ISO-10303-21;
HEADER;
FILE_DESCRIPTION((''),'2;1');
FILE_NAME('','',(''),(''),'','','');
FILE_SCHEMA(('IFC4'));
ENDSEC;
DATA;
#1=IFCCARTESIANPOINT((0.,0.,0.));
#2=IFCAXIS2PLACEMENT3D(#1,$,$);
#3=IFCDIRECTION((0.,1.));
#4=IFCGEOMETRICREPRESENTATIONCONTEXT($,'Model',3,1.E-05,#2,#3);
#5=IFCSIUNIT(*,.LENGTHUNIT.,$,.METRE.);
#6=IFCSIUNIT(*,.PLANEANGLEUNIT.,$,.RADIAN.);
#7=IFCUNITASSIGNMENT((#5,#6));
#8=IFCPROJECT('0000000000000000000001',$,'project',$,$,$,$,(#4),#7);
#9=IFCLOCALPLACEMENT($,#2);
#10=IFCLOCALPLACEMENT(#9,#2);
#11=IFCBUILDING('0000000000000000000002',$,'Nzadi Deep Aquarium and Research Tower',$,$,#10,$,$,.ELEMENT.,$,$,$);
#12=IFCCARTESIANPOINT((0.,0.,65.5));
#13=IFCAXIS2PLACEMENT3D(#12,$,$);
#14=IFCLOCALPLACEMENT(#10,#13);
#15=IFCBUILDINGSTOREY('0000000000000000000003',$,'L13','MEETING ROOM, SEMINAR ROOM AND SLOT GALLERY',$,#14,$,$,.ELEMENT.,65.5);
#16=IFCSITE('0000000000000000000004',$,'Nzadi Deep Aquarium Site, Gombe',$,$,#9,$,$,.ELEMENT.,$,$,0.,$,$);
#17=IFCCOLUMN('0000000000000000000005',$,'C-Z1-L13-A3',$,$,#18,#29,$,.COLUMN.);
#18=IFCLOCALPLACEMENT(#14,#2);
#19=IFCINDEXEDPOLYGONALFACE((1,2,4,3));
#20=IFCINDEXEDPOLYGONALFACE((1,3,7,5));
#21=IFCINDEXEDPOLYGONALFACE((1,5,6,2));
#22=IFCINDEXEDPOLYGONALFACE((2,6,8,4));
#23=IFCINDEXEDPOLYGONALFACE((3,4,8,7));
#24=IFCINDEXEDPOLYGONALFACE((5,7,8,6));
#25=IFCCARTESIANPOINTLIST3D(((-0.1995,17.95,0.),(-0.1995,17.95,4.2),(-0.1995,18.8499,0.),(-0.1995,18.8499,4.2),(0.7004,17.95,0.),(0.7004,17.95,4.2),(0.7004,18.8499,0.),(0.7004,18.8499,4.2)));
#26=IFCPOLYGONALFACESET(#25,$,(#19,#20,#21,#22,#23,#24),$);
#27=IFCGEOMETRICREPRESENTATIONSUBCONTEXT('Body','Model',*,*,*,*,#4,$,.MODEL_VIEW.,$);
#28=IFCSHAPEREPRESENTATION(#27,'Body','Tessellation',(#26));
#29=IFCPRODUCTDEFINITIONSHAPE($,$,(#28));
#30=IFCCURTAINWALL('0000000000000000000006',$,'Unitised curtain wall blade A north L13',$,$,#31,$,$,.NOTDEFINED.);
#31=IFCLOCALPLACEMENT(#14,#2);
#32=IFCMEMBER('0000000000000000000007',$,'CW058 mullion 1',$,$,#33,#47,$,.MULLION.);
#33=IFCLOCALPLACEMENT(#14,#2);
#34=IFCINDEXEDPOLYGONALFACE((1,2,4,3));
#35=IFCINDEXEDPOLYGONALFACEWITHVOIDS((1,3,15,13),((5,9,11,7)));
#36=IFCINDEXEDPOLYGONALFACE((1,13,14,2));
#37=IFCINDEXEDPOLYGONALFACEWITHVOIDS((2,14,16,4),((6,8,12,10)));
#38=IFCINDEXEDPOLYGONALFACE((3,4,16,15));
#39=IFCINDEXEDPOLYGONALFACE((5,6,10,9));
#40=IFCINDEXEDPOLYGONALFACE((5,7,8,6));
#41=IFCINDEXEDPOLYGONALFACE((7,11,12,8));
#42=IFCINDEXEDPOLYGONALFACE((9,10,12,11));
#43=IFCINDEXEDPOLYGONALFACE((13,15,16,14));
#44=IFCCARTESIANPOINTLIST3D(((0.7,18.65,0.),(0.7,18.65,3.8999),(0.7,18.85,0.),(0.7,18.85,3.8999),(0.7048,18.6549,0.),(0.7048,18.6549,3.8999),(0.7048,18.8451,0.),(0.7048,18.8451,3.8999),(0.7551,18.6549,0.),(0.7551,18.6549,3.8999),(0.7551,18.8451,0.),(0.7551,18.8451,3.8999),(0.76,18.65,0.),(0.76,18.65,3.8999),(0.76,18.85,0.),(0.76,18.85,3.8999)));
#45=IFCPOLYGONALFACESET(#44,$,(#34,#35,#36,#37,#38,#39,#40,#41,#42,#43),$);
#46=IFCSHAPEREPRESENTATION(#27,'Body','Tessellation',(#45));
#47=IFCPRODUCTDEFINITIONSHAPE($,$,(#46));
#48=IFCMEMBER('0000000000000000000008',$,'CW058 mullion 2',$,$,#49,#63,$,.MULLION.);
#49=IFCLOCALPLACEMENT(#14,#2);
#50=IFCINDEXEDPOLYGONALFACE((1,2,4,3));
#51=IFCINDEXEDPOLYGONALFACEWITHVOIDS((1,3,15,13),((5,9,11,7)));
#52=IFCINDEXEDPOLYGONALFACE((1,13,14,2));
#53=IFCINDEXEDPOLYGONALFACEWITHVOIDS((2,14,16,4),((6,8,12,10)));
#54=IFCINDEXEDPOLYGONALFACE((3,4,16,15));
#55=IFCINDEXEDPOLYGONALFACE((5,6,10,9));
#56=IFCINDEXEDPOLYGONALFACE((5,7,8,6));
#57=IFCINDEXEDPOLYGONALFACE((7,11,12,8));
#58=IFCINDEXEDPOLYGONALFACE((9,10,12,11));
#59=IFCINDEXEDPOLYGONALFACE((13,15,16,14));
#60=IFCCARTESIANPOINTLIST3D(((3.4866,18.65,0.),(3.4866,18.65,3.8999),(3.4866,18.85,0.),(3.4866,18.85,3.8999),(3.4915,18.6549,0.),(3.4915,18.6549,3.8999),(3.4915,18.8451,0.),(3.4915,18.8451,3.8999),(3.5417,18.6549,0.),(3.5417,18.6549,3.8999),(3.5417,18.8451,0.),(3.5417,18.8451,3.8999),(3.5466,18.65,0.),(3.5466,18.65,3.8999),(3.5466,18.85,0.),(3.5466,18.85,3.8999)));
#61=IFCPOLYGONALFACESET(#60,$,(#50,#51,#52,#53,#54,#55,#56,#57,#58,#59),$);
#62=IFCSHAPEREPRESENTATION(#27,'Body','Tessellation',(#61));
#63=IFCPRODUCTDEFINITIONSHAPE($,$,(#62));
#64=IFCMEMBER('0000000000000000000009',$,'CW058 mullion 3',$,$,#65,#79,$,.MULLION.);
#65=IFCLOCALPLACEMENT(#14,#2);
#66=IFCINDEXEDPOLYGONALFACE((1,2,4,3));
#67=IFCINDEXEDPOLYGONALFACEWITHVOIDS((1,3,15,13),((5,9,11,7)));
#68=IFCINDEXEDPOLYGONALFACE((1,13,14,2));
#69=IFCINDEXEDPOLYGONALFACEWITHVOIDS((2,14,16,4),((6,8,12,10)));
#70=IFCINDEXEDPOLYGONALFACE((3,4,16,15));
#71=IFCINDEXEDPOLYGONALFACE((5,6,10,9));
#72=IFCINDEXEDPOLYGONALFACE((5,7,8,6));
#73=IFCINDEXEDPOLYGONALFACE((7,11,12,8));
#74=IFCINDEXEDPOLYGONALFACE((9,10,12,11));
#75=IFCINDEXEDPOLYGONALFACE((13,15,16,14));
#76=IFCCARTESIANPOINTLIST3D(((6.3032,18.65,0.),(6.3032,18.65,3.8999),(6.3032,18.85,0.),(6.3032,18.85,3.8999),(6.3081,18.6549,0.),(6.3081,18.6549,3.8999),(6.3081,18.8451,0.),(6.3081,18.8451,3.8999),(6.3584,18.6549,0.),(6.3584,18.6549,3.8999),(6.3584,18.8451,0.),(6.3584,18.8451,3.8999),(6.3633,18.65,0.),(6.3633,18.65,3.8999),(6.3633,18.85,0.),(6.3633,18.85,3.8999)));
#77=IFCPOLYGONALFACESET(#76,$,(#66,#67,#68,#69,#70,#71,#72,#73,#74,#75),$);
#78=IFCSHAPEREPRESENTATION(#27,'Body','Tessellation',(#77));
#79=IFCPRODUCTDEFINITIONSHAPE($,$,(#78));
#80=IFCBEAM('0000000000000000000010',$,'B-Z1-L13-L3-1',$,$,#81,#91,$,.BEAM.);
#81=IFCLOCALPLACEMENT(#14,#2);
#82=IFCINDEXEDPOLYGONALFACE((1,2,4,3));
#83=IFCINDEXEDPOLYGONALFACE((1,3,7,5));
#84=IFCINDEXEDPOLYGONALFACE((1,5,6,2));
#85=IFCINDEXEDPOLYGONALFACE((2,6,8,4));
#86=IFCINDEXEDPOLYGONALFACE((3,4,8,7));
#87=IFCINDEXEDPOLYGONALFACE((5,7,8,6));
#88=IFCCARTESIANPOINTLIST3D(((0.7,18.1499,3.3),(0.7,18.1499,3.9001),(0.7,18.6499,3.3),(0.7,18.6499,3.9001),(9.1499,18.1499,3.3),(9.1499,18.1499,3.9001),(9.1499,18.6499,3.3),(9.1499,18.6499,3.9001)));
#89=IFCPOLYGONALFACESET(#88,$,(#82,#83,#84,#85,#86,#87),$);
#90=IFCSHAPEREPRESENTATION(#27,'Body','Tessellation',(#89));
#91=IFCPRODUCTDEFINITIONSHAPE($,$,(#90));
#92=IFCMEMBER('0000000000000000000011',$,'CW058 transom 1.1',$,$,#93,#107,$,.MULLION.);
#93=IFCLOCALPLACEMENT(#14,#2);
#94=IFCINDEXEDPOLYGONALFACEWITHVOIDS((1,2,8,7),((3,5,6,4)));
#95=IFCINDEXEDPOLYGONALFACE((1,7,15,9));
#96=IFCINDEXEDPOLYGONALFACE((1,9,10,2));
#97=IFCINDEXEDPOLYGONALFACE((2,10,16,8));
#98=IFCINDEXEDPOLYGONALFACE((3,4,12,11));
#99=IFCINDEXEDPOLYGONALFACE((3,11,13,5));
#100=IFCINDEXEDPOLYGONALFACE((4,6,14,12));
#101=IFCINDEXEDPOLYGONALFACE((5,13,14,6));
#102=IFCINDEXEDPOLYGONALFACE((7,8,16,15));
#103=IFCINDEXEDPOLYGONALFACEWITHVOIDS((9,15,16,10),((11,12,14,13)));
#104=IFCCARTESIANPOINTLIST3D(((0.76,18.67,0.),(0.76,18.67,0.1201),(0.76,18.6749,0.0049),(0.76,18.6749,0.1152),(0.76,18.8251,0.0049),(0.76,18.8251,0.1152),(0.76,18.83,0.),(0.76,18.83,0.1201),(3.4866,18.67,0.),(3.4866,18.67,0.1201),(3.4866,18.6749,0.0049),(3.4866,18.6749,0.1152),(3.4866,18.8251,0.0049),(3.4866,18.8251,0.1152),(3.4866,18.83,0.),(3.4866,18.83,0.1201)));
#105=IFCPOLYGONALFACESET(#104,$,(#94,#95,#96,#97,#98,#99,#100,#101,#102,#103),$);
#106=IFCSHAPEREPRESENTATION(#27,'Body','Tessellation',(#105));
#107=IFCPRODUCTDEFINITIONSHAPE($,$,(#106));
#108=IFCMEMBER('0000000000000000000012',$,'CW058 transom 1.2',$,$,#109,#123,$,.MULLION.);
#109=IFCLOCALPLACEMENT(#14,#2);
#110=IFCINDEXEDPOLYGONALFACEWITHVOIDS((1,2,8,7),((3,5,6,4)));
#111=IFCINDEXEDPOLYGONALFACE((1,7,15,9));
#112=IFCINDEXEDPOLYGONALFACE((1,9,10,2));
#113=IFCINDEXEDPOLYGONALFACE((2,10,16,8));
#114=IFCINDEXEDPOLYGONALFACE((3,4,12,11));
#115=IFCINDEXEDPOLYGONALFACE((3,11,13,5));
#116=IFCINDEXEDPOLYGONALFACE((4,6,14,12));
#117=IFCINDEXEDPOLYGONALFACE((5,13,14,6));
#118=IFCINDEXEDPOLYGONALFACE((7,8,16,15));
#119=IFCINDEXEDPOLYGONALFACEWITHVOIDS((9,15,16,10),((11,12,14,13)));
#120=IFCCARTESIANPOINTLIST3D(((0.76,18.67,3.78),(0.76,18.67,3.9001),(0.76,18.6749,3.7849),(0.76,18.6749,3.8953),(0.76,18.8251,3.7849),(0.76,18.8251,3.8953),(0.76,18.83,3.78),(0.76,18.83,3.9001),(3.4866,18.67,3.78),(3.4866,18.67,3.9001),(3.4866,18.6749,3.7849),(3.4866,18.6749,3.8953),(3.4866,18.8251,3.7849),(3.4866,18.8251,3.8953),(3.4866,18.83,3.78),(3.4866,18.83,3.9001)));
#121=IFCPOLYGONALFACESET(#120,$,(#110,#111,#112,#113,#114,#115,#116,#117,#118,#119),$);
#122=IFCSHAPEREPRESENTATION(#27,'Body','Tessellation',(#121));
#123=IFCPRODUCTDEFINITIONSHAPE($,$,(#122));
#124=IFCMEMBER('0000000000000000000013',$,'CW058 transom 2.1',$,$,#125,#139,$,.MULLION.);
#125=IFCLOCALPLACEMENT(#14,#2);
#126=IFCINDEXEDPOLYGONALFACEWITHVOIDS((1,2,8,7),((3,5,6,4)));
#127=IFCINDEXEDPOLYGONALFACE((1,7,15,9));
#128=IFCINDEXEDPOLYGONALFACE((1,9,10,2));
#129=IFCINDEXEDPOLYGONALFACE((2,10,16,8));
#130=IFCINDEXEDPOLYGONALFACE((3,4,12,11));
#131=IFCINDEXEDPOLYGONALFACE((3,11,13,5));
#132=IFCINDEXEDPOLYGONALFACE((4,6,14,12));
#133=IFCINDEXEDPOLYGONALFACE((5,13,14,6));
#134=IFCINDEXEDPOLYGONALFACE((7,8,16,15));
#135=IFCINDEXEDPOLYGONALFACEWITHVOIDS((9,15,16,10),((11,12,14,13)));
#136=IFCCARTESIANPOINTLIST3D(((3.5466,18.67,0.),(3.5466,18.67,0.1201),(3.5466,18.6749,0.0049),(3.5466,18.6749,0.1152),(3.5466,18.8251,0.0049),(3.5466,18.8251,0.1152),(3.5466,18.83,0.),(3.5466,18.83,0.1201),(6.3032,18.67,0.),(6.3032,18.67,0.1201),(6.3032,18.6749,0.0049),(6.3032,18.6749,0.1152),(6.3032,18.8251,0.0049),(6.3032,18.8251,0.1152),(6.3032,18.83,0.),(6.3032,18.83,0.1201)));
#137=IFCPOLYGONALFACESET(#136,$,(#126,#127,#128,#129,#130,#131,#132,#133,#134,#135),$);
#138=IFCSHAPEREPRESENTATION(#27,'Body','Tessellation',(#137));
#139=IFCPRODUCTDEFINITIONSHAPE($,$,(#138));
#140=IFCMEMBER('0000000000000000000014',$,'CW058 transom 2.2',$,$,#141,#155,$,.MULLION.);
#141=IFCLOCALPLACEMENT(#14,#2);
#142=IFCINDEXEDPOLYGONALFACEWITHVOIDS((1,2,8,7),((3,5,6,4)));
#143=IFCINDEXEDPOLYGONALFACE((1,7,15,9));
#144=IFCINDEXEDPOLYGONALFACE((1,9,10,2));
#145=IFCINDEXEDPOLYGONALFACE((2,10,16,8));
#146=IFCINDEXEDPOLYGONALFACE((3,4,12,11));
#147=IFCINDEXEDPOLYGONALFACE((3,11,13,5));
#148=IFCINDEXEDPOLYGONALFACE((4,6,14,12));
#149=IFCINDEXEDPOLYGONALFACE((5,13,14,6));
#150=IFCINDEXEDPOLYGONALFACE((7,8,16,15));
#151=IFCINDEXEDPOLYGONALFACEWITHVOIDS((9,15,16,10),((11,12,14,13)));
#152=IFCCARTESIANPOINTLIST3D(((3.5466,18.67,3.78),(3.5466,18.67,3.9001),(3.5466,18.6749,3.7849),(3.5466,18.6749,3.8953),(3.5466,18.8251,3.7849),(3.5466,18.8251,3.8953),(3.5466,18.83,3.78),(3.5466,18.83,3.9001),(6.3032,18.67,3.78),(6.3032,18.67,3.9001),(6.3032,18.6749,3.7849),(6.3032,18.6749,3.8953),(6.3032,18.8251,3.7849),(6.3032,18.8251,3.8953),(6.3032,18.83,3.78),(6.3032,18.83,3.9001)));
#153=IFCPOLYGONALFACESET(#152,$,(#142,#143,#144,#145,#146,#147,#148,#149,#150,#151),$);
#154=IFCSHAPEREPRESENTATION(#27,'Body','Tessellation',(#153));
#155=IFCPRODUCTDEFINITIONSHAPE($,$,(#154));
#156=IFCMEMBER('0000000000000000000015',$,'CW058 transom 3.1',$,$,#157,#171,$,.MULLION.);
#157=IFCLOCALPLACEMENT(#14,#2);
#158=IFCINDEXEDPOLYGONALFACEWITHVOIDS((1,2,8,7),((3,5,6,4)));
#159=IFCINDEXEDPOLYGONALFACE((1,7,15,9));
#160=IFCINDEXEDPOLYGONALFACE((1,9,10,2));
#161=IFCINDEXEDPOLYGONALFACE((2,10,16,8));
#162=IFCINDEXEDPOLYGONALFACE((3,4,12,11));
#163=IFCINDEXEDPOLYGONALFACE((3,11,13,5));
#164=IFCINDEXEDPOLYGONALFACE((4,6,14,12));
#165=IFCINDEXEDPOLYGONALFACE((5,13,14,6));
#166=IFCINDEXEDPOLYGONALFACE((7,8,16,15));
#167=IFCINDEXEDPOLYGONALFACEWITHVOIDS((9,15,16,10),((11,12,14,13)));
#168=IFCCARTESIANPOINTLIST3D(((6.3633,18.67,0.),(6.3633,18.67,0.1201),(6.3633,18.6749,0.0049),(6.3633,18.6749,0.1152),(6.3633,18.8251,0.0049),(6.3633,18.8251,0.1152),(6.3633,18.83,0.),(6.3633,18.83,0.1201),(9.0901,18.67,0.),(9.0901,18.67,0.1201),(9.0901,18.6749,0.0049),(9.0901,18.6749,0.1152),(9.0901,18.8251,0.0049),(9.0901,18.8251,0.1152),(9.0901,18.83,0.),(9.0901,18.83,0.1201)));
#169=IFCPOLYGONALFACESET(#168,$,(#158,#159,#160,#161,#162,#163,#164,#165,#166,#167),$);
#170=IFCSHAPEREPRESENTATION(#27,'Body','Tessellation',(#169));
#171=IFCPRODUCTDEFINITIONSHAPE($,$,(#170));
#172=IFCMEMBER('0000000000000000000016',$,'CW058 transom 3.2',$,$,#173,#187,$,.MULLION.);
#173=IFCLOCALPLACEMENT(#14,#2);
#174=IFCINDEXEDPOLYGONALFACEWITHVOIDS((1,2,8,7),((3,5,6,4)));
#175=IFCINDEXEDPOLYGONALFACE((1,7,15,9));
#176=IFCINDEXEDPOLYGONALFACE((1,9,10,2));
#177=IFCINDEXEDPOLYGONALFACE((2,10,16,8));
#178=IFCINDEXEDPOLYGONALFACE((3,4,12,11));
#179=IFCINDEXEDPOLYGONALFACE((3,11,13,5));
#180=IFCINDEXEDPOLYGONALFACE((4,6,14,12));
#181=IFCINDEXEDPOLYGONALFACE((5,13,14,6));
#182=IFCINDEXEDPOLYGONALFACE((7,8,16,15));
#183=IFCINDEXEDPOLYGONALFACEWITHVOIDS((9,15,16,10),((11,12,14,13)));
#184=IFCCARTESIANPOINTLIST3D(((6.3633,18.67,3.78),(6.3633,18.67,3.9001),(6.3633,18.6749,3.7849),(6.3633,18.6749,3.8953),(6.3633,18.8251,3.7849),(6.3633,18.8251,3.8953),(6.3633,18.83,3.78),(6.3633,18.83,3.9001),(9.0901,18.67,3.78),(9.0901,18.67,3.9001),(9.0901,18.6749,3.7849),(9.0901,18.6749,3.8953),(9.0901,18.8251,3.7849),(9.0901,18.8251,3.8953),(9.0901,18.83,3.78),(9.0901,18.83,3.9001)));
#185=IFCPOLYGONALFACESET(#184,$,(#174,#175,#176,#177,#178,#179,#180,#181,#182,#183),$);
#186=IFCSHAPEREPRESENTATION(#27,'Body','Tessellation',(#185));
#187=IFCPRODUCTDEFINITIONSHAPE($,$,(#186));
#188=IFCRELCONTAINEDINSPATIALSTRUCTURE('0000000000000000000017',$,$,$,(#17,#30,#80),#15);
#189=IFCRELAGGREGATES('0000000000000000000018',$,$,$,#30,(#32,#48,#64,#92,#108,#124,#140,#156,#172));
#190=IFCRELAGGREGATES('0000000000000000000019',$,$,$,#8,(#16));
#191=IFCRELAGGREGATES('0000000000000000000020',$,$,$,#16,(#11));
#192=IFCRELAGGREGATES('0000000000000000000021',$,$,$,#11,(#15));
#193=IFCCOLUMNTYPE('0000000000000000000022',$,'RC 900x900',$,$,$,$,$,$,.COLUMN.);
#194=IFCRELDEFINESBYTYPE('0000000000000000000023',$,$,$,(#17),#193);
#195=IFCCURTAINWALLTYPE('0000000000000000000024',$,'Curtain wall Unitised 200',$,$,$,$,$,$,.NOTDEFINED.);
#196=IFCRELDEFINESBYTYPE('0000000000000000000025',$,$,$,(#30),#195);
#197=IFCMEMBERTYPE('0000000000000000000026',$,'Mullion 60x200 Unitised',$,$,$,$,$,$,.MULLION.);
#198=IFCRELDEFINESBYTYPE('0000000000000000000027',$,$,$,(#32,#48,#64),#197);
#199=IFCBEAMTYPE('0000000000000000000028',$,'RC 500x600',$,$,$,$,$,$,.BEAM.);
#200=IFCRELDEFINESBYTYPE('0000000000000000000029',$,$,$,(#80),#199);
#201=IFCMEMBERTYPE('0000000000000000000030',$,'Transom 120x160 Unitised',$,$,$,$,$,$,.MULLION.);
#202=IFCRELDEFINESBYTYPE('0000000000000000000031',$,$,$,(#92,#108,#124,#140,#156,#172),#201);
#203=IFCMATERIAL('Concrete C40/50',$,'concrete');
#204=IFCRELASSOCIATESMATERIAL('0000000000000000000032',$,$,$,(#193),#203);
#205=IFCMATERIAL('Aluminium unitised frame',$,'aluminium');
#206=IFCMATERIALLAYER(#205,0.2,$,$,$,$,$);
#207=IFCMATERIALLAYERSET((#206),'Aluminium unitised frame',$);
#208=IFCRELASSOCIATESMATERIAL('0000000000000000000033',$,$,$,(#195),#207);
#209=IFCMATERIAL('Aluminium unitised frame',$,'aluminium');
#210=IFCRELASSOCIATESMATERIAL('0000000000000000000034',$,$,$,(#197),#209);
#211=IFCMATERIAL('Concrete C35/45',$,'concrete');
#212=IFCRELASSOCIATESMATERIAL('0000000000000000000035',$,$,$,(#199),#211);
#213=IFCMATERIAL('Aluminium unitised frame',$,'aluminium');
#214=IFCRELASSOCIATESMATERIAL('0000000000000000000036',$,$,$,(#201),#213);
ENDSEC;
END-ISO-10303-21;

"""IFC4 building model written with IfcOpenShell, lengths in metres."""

from ifc_helpers import new_model, si_unit, direction, frame, origin, origin_2d, place, context, subcontext, project, spatial, rectangle, hollow_rectangle, extrude, material, layer, layer_set, material_profile, profile_set, type_object, element, aggregate, save


model = new_model("IFC4")

# Units and contexts
model_context = context("Model", 3, precision=1e-05, world=origin(), true_north=direction((0.0, 1.0)))
body_context = subcontext(model_context, "Body", "Model", "MODEL_VIEW")
ifc_project = project(units=[si_unit("LENGTHUNIT", "METRE"), si_unit("PLANEANGLEUNIT", "RADIAN")], contexts=[model_context])

# Site, building, storey
site_placement = place(None, origin())
site = spatial("IfcSite", under=ifc_project, at=site_placement, Name="Nzadi Deep Aquarium Site, Gombe", CompositionType="ELEMENT", RefElevation=0.0)
building_placement = place(site_placement, origin())
building = spatial("IfcBuilding", under=site, at=building_placement, Name="Nzadi Deep Aquarium and Research Tower", CompositionType="ELEMENT")
storey_placement = place(building_placement, frame((0.0, 0.0, 65.5)))
storey = spatial("IfcBuildingStorey", under=building, at=storey_placement, Name="L13", Description="MEETING ROOM, SEMINAR ROOM AND SLOT GALLERY", CompositionType="ELEMENT", Elevation=65.5)

# Column
ifc_material_1 = material(Name="Concrete C40/50", Category="concrete")
ifc_material_profile_1 = material_profile(ifc_material_1, rectangle(XDim=0.8999, YDim=0.8999, at=origin_2d()))
ifc_profile_set_1 = profile_set([ifc_material_profile_1], Name="Concrete C40/50")
column_type = type_object("IfcColumnType", Name="RC 900x900", PredefinedType="COLUMN", material=ifc_profile_set_1)
column_placement = place(storey_placement, frame((0.2505, 18.3999, 0.0), z_axis=(0.0, 0.0, 1.0), x_axis=(1.0, 0.0, 0.0)))
element("IfcColumn", 1, at=column_placement, inside=storey, type_object=column_type, Name="C-Z1-L13-A3", PredefinedType="COLUMN", context=body_context, shape_type="SweptSolid", body=[
    extrude(rectangle(XDim=0.8999, YDim=0.8999, at=origin_2d()), origin(), (0.0, 0.0, 1.0), 4.2),
])

# Curtain wall, members
ifc_material_2 = material(Name="Aluminium unitised frame", Category="aluminium")
ifc_layer_1 = layer(ifc_material_2, 0.2)
ifc_layer_set_1 = layer_set([ifc_layer_1], Name="Aluminium unitised frame")
curtain_wall_type = type_object("IfcCurtainWallType", Name="Curtain wall Unitised 200", PredefinedType="NOTDEFINED", material=ifc_layer_set_1)
curtain_wall_placement = place(storey_placement, origin())
curtain_wall = element("IfcCurtainWall", 2, at=curtain_wall_placement, inside=storey, type_object=curtain_wall_type, Name="Unitised curtain wall blade A north L13", PredefinedType="NOTDEFINED")
ifc_material_3 = material(Name="Aluminium unitised frame", Category="aluminium")
ifc_material_profile_2 = material_profile(ifc_material_3, hollow_rectangle(XDim=0.2, YDim=0.0601, WallThickness=0.0049, at=origin_2d()))
ifc_profile_set_2 = profile_set([ifc_material_profile_2], Name="Aluminium unitised frame")
member_type_1 = type_object("IfcMemberType", Name="Mullion 60x200 Unitised", PredefinedType="MULLION", material=ifc_profile_set_2)
member_1_placement = place(storey_placement, frame((0.73, 18.75, 0.0), z_axis=(0.0, 0.0, 1.0), x_axis=(0.0, 1.0, 0.0)))
member_1 = element("IfcMember", 3, at=member_1_placement, type_object=member_type_1, Name="CW058 mullion 1", PredefinedType="MULLION", context=body_context, shape_type="SweptSolid", body=[
    extrude(hollow_rectangle(XDim=0.2, YDim=0.0601, WallThickness=0.0049, at=origin_2d()), origin(), (0.0, 0.0, 1.0), 3.8999),
])
member_2_placement = place(storey_placement, frame((3.5166, 18.75, 0.0), z_axis=(0.0, 0.0, 1.0), x_axis=(0.0, 1.0, 0.0)))
member_2 = element("IfcMember", 4, at=member_2_placement, type_object=member_type_1, Name="CW058 mullion 2", PredefinedType="MULLION", context=body_context, shape_type="SweptSolid", body=[
    extrude(hollow_rectangle(XDim=0.2, YDim=0.0601, WallThickness=0.0049, at=origin_2d()), origin(), (0.0, 0.0, 1.0), 3.8999),
])
member_3_placement = place(storey_placement, frame((6.3333, 18.75, 0.0), z_axis=(0.0, 0.0, 1.0), x_axis=(0.0, 1.0, 0.0)))
member_3 = element("IfcMember", 5, at=member_3_placement, type_object=member_type_1, Name="CW058 mullion 3", PredefinedType="MULLION", context=body_context, shape_type="SweptSolid", body=[
    extrude(hollow_rectangle(XDim=0.2, YDim=0.0601, WallThickness=0.0049, at=origin_2d()), origin(), (0.0, 0.0, 1.0), 3.8999),
])

# Beam
ifc_material_4 = material(Name="Concrete C35/45", Category="concrete")
ifc_material_profile_3 = material_profile(ifc_material_4, rectangle(XDim=0.5, YDim=0.6001, at=origin_2d()))
ifc_profile_set_3 = profile_set([ifc_material_profile_3], Name="Concrete C35/45")
beam_type = type_object("IfcBeamType", Name="RC 500x600", PredefinedType="BEAM", material=ifc_profile_set_3)
beam_placement = place(storey_placement, frame((0.7, 18.3999, 3.6001), z_axis=(1.0, 0.0, 0.0), x_axis=(0.0, 1.0, 0.0)))
element("IfcBeam", 6, at=beam_placement, inside=storey, type_object=beam_type, Name="B-Z1-L13-L3-1", PredefinedType="BEAM", context=body_context, shape_type="SweptSolid", body=[
    extrude(rectangle(XDim=0.5, YDim=0.6001, at=origin_2d()), origin(), (0.0, 0.0, 1.0), 8.45),
])

# Members
ifc_material_5 = material(Name="Aluminium unitised frame", Category="aluminium")
ifc_material_profile_4 = material_profile(ifc_material_5, hollow_rectangle(XDim=0.1599, YDim=0.1201, WallThickness=0.0049, at=origin_2d()))
ifc_profile_set_4 = profile_set([ifc_material_profile_4], Name="Aluminium unitised frame")
member_type_2 = type_object("IfcMemberType", Name="Transom 120x160 Unitised", PredefinedType="MULLION", material=ifc_profile_set_4)
member_4_placement = place(storey_placement, frame((0.76, 18.75, 0.0601), z_axis=(1.0, 0.0, 0.0), x_axis=(0.0, 1.0, 0.0)))
member_4 = element("IfcMember", 7, at=member_4_placement, type_object=member_type_2, Name="CW058 transom 1.1", PredefinedType="MULLION", context=body_context, shape_type="SweptSolid", body=[
    extrude(hollow_rectangle(XDim=0.1599, YDim=0.1201, WallThickness=0.0049, at=origin_2d()), origin(), (0.0, 0.0, 1.0), 2.7266),
])
member_5_placement = place(storey_placement, frame((0.76, 18.75, 3.8401), z_axis=(1.0, 0.0, 0.0), x_axis=(0.0, 1.0, 0.0)))
member_5 = element("IfcMember", 8, at=member_5_placement, type_object=member_type_2, Name="CW058 transom 1.2", PredefinedType="MULLION", context=body_context, shape_type="SweptSolid", body=[
    extrude(hollow_rectangle(XDim=0.1599, YDim=0.1201, WallThickness=0.0049, at=origin_2d()), origin(), (0.0, 0.0, 1.0), 2.7266),
])
member_6_placement = place(storey_placement, frame((3.5466, 18.75, 0.0601), z_axis=(1.0, 0.0, 0.0), x_axis=(0.0, 1.0, 0.0)))
member_6 = element("IfcMember", 9, at=member_6_placement, type_object=member_type_2, Name="CW058 transom 2.1", PredefinedType="MULLION", context=body_context, shape_type="SweptSolid", body=[
    extrude(hollow_rectangle(XDim=0.1599, YDim=0.1201, WallThickness=0.0049, at=origin_2d()), origin(), (0.0, 0.0, 1.0), 2.7566),
])
member_7_placement = place(storey_placement, frame((3.5466, 18.75, 3.8401), z_axis=(1.0, 0.0, 0.0), x_axis=(0.0, 1.0, 0.0)))
member_7 = element("IfcMember", 10, at=member_7_placement, type_object=member_type_2, Name="CW058 transom 2.2", PredefinedType="MULLION", context=body_context, shape_type="SweptSolid", body=[
    extrude(hollow_rectangle(XDim=0.1599, YDim=0.1201, WallThickness=0.0049, at=origin_2d()), origin(), (0.0, 0.0, 1.0), 2.7566),
])
member_8_placement = place(storey_placement, frame((6.3633, 18.75, 0.0601), z_axis=(1.0, 0.0, 0.0), x_axis=(0.0, 1.0, 0.0)))
member_8 = element("IfcMember", 11, at=member_8_placement, type_object=member_type_2, Name="CW058 transom 3.1", PredefinedType="MULLION", context=body_context, shape_type="SweptSolid", body=[
    extrude(hollow_rectangle(XDim=0.1599, YDim=0.1201, WallThickness=0.0049, at=origin_2d()), origin(), (0.0, 0.0, 1.0), 2.7268),
])
member_9_placement = place(storey_placement, frame((6.3633, 18.75, 3.8401), z_axis=(1.0, 0.0, 0.0), x_axis=(0.0, 1.0, 0.0)))
member_9 = element("IfcMember", 12, at=member_9_placement, type_object=member_type_2, Name="CW058 transom 3.2", PredefinedType="MULLION", context=body_context, shape_type="SweptSolid", body=[
    extrude(hollow_rectangle(XDim=0.1599, YDim=0.1201, WallThickness=0.0049, at=origin_2d()), origin(), (0.0, 0.0, 1.0), 2.7268),
])

aggregate(curtain_wall, [member_1, member_2, member_3, member_4, member_5, member_6, member_7, member_8, member_9])

save(model, "model.ifc")
